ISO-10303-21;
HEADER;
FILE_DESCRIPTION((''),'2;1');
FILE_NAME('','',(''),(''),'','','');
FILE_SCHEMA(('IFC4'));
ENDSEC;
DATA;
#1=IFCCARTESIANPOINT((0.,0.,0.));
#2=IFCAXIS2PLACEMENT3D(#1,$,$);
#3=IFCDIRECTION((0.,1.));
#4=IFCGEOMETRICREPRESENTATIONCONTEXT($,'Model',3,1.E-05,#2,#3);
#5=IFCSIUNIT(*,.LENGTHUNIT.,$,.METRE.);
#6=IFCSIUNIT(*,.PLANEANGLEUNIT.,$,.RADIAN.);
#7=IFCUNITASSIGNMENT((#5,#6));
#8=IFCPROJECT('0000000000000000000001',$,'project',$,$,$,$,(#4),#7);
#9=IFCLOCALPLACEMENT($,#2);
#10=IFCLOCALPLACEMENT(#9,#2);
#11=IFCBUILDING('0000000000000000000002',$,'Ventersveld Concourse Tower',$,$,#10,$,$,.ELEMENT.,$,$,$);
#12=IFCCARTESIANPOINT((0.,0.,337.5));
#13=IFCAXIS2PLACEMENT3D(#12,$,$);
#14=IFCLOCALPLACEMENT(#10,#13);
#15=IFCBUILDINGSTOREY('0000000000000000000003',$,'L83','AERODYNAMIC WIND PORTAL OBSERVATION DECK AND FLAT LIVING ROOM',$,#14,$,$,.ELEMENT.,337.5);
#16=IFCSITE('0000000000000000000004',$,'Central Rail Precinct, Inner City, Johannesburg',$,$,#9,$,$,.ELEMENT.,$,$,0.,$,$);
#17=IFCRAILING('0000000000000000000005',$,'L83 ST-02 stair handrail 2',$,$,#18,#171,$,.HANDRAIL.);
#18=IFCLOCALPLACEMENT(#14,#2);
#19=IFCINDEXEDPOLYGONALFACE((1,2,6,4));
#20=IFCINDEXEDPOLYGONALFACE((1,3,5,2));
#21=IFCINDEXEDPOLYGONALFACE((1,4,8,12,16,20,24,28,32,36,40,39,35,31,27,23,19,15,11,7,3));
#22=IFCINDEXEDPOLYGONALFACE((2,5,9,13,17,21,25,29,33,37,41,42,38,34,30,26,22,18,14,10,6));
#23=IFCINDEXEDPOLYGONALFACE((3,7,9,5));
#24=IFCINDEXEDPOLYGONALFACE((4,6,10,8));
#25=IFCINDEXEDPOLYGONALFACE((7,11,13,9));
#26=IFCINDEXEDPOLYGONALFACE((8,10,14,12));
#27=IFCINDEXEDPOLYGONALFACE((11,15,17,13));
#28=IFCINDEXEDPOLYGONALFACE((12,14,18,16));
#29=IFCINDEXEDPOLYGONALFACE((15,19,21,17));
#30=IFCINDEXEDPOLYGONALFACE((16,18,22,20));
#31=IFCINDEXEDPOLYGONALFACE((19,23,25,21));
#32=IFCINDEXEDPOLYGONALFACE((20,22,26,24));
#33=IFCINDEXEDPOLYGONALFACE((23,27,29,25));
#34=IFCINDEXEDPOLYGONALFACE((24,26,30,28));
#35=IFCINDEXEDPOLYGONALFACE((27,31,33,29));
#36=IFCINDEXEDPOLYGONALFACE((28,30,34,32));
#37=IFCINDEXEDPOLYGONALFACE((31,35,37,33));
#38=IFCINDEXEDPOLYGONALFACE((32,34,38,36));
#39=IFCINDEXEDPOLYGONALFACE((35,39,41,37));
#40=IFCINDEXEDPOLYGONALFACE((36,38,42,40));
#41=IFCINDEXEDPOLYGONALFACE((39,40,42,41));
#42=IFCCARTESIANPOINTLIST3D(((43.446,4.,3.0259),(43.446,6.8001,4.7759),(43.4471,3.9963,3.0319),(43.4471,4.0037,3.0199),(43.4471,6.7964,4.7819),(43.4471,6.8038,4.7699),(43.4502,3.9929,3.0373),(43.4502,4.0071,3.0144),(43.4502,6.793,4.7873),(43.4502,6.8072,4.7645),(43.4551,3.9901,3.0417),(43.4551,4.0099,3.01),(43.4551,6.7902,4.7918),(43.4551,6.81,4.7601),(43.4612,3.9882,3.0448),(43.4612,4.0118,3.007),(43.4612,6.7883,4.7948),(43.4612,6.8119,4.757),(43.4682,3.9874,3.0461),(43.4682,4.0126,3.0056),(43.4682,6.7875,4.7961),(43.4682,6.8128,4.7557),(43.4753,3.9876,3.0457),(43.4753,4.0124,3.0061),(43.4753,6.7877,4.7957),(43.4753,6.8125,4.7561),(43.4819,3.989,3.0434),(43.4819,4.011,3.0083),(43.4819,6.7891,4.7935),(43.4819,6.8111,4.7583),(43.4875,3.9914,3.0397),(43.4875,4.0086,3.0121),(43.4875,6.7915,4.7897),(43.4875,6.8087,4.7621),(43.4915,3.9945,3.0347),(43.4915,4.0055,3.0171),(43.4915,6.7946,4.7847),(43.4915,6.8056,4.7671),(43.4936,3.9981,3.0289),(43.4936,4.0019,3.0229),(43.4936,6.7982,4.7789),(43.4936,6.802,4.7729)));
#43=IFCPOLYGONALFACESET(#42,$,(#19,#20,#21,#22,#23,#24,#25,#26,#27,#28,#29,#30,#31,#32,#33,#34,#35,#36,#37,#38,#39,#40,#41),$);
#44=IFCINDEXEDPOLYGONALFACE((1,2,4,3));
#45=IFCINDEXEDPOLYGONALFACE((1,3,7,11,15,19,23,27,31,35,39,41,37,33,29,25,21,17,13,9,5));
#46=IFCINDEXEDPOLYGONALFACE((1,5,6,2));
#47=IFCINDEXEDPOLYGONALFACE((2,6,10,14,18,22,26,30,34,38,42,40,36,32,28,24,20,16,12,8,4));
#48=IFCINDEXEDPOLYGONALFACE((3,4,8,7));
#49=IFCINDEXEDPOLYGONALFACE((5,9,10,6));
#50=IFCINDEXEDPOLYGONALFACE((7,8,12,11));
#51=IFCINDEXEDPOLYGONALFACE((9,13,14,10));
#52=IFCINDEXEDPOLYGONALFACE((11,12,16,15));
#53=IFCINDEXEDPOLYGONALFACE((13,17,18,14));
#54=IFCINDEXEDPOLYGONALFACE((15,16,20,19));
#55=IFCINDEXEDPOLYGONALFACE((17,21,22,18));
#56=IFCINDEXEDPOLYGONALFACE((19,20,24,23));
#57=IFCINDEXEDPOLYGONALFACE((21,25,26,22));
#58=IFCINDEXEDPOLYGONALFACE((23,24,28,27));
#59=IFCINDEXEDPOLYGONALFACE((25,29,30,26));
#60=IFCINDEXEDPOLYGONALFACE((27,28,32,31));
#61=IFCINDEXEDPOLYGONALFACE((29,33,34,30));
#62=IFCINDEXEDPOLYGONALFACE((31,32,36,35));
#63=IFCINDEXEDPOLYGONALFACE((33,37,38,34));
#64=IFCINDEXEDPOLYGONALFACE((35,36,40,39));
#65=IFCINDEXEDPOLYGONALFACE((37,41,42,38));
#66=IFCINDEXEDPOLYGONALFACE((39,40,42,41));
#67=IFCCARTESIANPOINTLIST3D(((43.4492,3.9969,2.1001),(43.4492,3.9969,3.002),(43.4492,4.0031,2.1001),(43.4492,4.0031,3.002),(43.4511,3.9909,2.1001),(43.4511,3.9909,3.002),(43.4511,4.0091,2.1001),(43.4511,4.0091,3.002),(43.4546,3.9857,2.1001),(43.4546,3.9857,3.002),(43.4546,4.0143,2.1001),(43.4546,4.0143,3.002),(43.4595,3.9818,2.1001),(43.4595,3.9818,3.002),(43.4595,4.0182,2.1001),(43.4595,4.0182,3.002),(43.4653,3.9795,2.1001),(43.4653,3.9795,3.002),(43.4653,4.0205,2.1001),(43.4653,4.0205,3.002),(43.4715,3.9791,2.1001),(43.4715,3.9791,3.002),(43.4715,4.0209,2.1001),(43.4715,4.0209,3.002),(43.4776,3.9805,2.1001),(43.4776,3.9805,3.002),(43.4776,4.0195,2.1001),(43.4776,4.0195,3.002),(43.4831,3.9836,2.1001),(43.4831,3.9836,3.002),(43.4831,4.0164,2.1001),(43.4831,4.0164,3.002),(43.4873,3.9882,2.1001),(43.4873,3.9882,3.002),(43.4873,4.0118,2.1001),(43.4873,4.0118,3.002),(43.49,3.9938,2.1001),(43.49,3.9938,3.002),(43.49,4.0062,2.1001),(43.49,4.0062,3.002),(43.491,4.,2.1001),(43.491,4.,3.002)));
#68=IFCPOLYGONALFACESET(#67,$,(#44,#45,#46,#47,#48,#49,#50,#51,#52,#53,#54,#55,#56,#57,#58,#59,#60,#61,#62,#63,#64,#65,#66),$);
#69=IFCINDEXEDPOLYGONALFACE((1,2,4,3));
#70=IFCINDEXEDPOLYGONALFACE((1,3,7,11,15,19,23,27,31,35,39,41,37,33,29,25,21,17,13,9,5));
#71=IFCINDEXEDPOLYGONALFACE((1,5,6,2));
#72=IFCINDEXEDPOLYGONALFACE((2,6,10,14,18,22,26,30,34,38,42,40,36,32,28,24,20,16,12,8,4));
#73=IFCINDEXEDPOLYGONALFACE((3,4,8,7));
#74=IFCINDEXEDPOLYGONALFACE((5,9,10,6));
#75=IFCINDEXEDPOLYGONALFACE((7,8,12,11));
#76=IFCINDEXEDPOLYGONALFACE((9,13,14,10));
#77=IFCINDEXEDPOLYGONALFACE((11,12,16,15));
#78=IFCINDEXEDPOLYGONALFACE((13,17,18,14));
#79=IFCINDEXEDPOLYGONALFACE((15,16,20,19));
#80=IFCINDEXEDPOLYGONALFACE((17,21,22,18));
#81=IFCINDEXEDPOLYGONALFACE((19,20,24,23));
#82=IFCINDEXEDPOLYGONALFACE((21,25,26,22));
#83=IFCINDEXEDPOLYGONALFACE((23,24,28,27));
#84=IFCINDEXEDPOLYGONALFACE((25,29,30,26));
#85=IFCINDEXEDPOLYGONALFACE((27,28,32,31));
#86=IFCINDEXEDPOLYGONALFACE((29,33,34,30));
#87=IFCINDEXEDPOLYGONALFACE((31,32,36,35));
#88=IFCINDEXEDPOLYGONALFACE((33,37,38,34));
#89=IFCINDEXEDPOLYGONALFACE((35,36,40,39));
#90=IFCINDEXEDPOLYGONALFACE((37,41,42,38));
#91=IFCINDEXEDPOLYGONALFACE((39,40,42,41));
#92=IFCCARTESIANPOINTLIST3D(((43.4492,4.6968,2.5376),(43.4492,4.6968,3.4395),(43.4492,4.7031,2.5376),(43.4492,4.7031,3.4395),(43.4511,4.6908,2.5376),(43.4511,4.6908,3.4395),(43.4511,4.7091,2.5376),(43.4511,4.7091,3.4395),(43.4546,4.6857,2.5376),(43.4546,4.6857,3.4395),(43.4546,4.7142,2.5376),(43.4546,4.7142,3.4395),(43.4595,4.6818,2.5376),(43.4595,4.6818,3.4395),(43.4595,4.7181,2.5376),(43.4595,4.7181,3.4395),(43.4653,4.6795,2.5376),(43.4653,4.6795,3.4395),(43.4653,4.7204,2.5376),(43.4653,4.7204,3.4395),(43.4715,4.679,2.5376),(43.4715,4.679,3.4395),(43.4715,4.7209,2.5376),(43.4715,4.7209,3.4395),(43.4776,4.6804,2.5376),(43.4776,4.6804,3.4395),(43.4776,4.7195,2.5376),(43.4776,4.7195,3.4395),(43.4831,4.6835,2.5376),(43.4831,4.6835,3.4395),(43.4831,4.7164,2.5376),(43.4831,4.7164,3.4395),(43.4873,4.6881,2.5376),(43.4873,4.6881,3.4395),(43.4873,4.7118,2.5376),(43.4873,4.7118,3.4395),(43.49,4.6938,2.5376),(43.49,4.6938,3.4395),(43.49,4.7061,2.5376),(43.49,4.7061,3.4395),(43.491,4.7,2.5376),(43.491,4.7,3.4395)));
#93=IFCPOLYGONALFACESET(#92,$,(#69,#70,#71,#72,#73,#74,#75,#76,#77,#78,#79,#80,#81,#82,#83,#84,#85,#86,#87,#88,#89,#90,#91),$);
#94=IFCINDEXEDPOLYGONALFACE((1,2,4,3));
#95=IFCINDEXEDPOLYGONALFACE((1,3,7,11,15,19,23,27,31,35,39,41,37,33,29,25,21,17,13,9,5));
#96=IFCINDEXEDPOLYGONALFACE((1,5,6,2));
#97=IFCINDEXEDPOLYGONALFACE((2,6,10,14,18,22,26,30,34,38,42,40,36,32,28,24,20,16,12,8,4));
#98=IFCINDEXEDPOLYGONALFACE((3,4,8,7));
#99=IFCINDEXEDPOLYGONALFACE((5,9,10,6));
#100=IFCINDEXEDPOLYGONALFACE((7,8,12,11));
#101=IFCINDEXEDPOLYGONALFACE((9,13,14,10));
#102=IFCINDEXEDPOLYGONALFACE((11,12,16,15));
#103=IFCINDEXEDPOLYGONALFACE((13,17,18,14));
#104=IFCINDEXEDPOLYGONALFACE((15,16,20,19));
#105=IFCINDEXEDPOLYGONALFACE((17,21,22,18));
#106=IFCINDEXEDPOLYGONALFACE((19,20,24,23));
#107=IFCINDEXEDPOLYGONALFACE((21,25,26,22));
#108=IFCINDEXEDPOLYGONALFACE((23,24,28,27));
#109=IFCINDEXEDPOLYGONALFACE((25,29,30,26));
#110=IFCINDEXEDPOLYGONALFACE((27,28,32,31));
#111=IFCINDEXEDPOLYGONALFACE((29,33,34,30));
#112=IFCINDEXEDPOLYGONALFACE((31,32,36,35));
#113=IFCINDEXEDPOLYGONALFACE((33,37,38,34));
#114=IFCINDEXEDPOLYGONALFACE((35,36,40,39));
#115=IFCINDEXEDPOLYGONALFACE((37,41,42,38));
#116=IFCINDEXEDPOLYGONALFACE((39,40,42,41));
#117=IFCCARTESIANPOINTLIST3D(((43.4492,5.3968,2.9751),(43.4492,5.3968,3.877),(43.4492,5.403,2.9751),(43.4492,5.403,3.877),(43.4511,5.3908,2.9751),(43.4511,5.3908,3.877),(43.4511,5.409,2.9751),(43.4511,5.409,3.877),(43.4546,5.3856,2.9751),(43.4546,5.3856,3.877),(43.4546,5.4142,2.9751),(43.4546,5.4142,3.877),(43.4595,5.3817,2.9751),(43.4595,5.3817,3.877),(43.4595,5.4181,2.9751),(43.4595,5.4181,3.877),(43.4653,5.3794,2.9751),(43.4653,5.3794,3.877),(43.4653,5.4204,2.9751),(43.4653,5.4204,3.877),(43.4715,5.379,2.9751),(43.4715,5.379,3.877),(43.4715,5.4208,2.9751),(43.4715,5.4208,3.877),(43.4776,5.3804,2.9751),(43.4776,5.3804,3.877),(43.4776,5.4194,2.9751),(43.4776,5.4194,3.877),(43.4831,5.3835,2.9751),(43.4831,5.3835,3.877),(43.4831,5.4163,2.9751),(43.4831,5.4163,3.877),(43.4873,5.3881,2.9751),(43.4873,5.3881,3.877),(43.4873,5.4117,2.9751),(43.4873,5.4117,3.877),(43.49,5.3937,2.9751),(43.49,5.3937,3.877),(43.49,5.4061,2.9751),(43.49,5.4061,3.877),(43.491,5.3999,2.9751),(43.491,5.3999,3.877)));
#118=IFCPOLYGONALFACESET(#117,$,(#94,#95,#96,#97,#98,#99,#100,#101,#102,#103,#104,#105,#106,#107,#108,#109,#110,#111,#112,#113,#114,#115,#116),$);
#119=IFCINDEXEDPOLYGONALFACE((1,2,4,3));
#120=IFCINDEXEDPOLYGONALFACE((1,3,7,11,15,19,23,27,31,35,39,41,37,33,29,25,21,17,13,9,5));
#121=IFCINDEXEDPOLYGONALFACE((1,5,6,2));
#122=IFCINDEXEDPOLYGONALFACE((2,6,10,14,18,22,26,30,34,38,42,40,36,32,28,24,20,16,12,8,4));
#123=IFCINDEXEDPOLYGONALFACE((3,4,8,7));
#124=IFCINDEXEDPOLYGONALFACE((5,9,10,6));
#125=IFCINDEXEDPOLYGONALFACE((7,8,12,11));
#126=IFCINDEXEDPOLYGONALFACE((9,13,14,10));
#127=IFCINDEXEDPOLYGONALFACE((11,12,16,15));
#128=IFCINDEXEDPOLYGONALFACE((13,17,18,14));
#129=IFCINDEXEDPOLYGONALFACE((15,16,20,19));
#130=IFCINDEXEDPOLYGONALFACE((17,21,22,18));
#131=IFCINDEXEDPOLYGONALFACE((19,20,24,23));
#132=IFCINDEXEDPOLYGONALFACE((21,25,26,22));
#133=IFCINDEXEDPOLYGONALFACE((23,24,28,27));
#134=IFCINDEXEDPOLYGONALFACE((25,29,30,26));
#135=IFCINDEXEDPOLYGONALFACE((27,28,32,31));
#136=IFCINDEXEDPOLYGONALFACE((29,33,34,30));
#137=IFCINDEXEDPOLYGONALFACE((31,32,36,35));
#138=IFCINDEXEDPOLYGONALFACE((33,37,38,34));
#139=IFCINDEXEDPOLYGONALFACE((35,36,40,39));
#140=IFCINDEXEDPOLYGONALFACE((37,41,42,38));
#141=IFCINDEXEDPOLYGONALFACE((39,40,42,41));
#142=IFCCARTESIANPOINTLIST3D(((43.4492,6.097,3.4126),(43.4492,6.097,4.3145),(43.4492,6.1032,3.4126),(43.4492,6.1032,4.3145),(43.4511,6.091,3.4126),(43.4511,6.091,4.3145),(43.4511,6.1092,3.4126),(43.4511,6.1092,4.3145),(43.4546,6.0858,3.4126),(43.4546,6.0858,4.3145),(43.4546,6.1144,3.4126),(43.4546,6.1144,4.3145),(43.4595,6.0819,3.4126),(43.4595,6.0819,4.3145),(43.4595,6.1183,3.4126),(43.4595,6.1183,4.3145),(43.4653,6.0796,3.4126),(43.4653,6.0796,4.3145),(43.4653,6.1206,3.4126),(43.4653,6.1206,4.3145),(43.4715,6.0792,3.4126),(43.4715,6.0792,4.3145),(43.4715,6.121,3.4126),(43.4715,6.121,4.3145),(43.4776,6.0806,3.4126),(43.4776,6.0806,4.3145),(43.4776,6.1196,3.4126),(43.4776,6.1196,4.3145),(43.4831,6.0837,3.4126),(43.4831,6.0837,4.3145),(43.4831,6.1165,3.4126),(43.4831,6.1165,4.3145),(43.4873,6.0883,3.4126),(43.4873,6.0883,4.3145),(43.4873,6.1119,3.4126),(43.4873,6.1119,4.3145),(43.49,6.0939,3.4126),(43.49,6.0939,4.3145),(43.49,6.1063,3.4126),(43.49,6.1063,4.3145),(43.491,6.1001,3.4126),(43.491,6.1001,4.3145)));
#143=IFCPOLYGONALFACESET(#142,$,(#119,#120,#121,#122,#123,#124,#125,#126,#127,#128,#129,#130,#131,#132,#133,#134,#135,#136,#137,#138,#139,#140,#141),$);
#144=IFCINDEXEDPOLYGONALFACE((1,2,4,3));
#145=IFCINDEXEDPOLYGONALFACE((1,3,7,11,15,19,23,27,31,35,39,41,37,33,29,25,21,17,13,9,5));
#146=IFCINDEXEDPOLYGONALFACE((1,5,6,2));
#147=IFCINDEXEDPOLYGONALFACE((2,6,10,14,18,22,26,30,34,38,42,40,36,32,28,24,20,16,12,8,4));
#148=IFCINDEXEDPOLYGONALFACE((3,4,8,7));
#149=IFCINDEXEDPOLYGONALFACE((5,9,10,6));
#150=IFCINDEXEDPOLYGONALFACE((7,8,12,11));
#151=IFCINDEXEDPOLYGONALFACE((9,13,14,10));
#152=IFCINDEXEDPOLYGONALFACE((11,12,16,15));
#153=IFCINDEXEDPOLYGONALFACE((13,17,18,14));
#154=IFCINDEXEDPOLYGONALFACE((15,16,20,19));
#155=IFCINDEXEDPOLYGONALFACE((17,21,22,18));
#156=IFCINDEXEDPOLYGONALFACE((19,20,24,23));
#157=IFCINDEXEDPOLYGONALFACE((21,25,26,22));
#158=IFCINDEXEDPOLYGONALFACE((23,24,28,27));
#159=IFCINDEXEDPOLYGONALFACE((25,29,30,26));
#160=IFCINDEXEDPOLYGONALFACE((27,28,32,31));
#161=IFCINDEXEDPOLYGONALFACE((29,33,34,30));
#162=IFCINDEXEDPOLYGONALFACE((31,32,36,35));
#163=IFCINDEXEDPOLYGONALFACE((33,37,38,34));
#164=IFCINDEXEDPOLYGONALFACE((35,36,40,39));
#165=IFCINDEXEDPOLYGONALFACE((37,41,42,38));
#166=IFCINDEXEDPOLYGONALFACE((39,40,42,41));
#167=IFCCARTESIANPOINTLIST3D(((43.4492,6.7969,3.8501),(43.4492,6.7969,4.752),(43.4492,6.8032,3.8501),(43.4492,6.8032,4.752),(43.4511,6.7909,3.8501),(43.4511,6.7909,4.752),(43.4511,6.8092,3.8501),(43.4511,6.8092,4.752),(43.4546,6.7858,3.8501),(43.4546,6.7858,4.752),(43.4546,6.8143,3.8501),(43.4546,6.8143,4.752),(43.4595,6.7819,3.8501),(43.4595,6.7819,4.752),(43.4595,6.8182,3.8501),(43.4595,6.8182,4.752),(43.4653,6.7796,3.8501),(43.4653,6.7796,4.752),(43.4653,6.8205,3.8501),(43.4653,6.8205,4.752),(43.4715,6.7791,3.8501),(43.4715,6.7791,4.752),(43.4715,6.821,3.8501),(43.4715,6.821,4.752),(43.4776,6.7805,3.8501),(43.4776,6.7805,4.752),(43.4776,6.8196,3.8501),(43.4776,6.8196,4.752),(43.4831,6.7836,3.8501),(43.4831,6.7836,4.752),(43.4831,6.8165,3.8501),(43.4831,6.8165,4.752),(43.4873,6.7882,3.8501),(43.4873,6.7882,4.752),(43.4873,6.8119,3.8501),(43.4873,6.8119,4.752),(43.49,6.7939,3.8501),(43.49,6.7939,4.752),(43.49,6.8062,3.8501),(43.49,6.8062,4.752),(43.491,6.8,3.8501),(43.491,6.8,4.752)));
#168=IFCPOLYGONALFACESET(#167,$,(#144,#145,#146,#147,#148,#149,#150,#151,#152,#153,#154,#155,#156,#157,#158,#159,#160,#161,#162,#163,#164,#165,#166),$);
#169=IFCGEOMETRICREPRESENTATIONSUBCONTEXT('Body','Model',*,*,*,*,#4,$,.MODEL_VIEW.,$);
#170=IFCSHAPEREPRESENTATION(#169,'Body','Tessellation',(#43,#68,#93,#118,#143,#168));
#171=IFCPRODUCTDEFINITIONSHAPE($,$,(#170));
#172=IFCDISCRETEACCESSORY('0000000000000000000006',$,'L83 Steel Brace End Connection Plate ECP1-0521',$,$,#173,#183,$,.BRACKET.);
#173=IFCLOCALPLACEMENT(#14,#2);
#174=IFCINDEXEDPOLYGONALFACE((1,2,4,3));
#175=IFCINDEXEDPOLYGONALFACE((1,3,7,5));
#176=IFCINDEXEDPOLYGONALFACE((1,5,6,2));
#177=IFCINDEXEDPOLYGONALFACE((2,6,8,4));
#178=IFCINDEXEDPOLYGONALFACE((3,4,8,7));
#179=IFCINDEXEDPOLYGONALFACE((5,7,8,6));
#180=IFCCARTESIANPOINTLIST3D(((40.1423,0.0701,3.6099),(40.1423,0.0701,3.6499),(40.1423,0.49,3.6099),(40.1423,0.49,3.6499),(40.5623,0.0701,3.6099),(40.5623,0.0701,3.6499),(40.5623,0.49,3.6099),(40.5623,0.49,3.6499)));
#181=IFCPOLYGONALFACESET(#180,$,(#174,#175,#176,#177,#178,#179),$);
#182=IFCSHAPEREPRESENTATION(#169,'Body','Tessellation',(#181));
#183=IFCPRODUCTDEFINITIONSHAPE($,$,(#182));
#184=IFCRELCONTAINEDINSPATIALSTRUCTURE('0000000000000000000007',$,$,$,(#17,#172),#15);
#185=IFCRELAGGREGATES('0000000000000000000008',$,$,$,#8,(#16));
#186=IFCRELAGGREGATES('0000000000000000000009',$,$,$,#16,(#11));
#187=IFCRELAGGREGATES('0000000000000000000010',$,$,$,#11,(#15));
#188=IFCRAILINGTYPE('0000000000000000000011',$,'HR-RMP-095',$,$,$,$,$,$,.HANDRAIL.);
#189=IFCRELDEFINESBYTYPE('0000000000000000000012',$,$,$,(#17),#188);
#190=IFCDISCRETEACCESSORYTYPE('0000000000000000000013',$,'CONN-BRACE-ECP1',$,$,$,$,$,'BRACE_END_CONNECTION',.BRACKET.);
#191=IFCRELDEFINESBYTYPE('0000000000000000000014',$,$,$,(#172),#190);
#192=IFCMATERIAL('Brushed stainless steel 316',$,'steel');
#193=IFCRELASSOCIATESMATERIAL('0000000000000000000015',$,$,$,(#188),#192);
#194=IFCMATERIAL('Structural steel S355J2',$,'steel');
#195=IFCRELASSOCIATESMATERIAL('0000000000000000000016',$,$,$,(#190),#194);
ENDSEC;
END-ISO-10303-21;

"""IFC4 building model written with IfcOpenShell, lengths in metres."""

from ifc_helpers import new_model, si_unit, direction, frame, origin, origin_2d, place, context, subcontext, project, spatial, rectangle, circle, extrude, material, type_object, element, save


model = new_model("IFC4")

# Units and contexts
model_context = context("Model", 3, precision=1e-05, world=origin(), true_north=direction((0.0, 1.0)))
body_context = subcontext(model_context, "Body", "Model", "MODEL_VIEW")
ifc_project = project(units=[si_unit("LENGTHUNIT", "METRE"), si_unit("PLANEANGLEUNIT", "RADIAN")], contexts=[model_context])

# Site, building, storey
site_placement = place(None, origin())
site = spatial("IfcSite", under=ifc_project, at=site_placement, Name="Central Rail Precinct, Inner City, Johannesburg", CompositionType="ELEMENT", RefElevation=0.0)
building_placement = place(site_placement, origin())
building = spatial("IfcBuilding", under=site, at=building_placement, Name="Ventersveld Concourse Tower", CompositionType="ELEMENT")
storey_placement = place(building_placement, frame((0.0, 0.0, 337.5)))
storey = spatial("IfcBuildingStorey", under=building, at=storey_placement, Name="L83", Description="AERODYNAMIC WIND PORTAL OBSERVATION DECK AND FLAT LIVING ROOM", CompositionType="ELEMENT", Elevation=337.5)

# Shared definitions
ifc_material_1 = material(Name="Structural steel S355J2", Category="steel")

# Railing
ifc_material_2 = material(Name="Brushed stainless steel 316", Category="steel")
railing_type_1 = type_object("IfcRailingType", Name="HR-RMP-095", PredefinedType="HANDRAIL", material=ifc_material_2)
railing_1_placement = place(storey_placement, frame((43.47, 4.0, 2.1001)))
element("IfcRailing", 1, at=railing_1_placement, inside=storey, type_object=railing_type_1, Name="L83 ST-02 stair handrail 2", PredefinedType="HANDRAIL", context=body_context, shape_type="SweptSolid", body=[
    extrude(circle(Radius=0.0239, at=origin_2d()), frame((0.0, 0.0, 0.9258), z_axis=(0.0, 0.848002, 0.529992), x_axis=(-1.0, 0.0, 0.0)), (0.0, 0.0, 1.0), 3.302),
    extrude(circle(Radius=0.021, at=origin_2d()), origin(), (0.0, 0.0, 1.0), 0.9019),
    extrude(circle(Radius=0.021, at=origin_2d()), frame((0.0, 0.7, 0.4375)), (0.0, 0.0, 1.0), 0.9019),
    extrude(circle(Radius=0.021, at=origin_2d()), frame((0.0, 1.3999, 0.875)), (0.0, 0.0, 1.0), 0.9019),
    extrude(circle(Radius=0.021, at=origin_2d()), frame((0.0, 2.1001, 1.3125)), (0.0, 0.0, 1.0), 0.9019),
    extrude(circle(Radius=0.021, at=origin_2d()), frame((0.0, 2.8, 1.75)), (0.0, 0.0, 1.0), 0.9019),
])

# Discrete accessory
discrete_accessory_type = type_object("IfcDiscreteAccessoryType", Name="CONN-BRACE-ECP1", ElementType="BRACE_END_CONNECTION", PredefinedType="BRACKET", material=ifc_material_1)
discrete_accessory_placement = place(storey_placement, frame((40.3523, 0.28, 3.6099), z_axis=(0.0, 0.0, 1.0), x_axis=(1.0, 0.0, 0.0)))
element("IfcDiscreteAccessory", 2, at=discrete_accessory_placement, inside=storey, type_object=discrete_accessory_type, Name="L83 Steel Brace End Connection Plate ECP1-0521", PredefinedType="BRACKET", context=body_context, shape_type="SweptSolid", body=[
    extrude(rectangle(XDim=0.4199, YDim=0.4199, at=origin_2d()), origin(), (0.0, 0.0, 1.0), 0.04),
])

save(model, "model.ifc")
